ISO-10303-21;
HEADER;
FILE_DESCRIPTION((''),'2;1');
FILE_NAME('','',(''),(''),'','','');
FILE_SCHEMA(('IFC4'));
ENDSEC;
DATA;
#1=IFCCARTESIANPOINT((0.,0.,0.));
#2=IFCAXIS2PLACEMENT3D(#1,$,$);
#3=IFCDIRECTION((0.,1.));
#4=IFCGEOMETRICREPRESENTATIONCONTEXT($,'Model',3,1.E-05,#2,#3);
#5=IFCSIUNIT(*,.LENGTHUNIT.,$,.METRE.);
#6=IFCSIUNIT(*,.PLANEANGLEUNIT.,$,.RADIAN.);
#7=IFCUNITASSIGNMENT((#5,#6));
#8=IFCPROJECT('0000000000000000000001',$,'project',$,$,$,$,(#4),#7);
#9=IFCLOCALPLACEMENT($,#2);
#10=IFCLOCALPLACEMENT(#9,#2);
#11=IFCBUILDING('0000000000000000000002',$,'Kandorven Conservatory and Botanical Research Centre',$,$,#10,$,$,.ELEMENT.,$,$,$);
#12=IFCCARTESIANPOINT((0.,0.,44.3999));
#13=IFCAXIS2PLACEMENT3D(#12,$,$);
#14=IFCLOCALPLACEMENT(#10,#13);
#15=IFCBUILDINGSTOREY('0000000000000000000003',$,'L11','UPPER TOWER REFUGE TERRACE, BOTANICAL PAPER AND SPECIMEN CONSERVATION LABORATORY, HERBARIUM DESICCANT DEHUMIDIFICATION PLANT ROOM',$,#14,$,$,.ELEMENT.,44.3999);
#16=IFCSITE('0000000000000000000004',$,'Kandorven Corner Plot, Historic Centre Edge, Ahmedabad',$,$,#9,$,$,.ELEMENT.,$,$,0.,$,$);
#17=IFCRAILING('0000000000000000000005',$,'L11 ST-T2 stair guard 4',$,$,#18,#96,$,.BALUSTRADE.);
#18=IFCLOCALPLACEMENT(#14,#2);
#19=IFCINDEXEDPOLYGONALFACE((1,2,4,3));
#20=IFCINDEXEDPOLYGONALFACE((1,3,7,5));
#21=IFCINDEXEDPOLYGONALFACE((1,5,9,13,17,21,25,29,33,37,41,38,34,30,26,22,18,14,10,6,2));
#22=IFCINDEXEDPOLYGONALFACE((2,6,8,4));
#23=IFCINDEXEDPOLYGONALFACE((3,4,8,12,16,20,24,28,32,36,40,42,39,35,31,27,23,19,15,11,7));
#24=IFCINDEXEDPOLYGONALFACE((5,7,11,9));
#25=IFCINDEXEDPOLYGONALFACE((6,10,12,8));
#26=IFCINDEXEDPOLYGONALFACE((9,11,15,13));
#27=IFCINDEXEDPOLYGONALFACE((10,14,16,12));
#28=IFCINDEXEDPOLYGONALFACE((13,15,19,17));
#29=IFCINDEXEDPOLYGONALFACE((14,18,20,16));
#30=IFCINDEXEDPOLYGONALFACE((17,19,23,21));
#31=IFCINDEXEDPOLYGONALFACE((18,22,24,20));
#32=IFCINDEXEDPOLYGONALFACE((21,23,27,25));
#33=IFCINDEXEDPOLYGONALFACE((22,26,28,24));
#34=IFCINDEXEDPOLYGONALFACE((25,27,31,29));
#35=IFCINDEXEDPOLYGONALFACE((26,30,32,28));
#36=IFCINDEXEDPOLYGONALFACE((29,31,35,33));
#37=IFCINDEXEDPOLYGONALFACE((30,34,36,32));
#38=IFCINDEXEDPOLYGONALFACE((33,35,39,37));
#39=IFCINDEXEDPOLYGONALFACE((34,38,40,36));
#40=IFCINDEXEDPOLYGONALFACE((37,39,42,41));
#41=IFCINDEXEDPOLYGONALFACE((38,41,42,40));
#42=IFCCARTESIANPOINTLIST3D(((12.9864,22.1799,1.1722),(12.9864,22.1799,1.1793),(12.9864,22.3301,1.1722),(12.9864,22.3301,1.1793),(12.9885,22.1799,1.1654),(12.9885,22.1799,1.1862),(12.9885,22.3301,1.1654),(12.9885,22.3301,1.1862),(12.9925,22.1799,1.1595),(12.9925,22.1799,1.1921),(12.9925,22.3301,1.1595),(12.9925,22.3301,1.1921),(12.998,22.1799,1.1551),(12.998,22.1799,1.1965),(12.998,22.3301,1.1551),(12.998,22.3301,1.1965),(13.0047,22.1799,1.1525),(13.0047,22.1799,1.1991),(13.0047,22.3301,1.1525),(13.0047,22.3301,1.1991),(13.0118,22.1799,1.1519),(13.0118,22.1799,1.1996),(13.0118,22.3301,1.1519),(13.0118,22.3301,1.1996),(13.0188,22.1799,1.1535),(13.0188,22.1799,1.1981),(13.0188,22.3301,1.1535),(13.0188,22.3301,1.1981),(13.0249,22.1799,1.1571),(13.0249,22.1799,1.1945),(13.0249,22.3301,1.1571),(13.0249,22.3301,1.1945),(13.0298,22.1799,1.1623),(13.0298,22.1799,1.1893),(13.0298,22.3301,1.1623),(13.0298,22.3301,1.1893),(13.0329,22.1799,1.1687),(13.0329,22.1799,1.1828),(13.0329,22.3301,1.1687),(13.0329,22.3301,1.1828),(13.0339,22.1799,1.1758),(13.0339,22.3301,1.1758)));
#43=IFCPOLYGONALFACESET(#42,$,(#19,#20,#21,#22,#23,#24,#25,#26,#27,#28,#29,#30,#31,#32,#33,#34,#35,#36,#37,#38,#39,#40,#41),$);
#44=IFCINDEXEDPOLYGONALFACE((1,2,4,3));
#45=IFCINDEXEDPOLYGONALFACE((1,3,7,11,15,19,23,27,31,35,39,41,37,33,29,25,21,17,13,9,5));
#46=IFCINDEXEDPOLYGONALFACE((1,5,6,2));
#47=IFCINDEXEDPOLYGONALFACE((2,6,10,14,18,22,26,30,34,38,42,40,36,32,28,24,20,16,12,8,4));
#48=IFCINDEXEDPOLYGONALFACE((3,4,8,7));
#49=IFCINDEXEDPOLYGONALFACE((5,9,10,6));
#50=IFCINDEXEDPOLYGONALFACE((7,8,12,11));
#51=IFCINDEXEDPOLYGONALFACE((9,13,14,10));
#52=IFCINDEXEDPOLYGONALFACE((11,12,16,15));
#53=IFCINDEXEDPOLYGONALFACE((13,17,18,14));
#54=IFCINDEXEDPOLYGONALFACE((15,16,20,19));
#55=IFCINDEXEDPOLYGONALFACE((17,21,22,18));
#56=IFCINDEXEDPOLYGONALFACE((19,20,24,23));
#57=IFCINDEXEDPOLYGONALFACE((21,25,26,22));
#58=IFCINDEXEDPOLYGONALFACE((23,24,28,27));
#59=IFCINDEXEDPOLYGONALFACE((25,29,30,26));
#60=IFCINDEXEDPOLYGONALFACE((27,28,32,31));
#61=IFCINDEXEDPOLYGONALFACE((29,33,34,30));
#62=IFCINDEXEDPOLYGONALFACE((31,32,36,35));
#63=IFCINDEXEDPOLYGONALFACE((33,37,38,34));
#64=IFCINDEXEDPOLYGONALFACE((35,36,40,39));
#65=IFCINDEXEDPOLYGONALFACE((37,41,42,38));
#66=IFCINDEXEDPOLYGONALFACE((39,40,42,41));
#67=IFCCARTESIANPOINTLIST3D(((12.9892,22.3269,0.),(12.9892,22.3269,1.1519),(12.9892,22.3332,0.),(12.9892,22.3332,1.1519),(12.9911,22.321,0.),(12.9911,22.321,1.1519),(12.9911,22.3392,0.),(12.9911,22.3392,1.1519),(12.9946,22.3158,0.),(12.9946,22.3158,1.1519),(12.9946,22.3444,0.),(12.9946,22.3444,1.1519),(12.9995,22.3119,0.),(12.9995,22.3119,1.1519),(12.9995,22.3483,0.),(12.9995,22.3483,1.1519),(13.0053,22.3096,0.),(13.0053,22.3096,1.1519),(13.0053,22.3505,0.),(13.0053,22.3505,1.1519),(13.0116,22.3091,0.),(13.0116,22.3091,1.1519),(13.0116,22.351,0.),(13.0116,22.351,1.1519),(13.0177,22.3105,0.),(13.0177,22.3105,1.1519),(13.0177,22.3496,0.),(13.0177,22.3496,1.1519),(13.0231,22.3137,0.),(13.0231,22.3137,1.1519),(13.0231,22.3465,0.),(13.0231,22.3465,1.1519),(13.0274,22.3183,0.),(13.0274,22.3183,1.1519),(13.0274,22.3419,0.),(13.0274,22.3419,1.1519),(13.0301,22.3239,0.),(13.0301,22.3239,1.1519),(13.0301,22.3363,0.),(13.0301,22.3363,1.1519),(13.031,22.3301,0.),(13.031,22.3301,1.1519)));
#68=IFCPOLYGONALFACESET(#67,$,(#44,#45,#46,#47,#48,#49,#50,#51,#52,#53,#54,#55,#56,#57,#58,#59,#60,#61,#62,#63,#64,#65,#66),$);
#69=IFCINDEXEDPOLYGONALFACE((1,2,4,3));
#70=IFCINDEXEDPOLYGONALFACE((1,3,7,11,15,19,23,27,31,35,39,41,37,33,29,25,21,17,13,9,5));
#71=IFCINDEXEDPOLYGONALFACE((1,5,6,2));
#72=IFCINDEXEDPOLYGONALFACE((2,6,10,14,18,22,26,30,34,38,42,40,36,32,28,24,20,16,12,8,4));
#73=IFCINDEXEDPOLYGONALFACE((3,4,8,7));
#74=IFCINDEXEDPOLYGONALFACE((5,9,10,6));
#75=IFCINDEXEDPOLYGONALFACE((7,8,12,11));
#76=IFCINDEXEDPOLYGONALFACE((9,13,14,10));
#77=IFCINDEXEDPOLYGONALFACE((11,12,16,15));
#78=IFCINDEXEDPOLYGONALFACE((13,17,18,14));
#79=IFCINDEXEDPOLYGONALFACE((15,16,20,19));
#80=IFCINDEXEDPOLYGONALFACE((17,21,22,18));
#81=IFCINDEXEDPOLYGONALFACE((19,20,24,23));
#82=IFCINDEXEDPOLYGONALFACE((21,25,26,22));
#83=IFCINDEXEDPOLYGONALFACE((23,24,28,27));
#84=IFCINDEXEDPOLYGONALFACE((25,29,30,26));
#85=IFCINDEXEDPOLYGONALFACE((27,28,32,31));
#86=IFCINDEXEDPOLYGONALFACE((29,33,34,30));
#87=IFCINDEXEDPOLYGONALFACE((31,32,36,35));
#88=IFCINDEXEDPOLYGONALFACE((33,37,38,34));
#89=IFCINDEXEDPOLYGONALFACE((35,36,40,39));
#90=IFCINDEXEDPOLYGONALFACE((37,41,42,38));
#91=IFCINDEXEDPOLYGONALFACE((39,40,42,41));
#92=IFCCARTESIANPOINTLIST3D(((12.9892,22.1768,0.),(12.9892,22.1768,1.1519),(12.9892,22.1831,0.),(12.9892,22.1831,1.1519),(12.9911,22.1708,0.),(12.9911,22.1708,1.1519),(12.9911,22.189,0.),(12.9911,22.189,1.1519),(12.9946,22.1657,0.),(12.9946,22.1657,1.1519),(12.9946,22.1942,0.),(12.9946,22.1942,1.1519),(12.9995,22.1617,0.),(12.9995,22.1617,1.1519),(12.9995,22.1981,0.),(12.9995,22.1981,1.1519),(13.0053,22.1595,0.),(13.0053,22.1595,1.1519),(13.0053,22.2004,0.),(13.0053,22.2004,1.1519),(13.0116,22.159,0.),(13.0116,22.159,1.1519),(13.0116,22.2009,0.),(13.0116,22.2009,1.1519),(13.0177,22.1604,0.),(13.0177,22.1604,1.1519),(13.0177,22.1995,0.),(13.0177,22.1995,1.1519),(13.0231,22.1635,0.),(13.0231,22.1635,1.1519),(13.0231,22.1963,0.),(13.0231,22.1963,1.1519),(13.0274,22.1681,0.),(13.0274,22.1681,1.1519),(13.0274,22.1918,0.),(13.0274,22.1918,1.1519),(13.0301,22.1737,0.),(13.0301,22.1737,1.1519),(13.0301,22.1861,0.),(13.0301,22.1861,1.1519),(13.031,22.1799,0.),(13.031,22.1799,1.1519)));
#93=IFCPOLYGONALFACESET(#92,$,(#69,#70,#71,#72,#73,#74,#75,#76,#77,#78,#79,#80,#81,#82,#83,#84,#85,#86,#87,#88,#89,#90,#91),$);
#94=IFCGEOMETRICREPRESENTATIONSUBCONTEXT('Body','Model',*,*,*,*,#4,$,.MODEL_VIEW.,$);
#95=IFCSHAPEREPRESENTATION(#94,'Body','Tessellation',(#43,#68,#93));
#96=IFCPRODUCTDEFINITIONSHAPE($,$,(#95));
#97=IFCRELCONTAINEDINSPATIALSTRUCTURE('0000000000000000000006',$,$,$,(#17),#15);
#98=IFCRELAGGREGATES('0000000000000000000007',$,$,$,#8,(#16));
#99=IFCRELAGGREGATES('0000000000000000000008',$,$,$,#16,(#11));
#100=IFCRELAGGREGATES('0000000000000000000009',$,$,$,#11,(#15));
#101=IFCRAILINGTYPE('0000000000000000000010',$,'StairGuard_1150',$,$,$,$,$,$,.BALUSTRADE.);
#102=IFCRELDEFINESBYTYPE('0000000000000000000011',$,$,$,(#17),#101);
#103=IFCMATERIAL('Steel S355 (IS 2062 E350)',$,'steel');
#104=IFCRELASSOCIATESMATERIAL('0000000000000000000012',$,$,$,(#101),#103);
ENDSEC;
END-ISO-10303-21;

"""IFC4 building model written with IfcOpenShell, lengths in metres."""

from ifc_helpers import new_model, si_unit, direction, frame, origin, origin_2d, place, context, subcontext, project, spatial, circle, extrude, material, type_object, element, save


model = new_model("IFC4")

# Units and contexts
model_context = context("Model", 3, precision=1e-05, world=origin(), true_north=direction((0.0, 1.0)))
body_context = subcontext(model_context, "Body", "Model", "MODEL_VIEW")
ifc_project = project(units=[si_unit("LENGTHUNIT", "METRE"), si_unit("PLANEANGLEUNIT", "RADIAN")], contexts=[model_context])

# Site, building, storey
site_placement = place(None, origin())
site = spatial("IfcSite", under=ifc_project, at=site_placement, Name="Kandorven Corner Plot, Historic Centre Edge, Ahmedabad", CompositionType="ELEMENT", RefElevation=0.0)
building_placement = place(site_placement, origin())
building = spatial("IfcBuilding", under=site, at=building_placement, Name="Kandorven Conservatory and Botanical Research Centre", CompositionType="ELEMENT")
storey_placement = place(building_placement, frame((0.0, 0.0, 44.3999)))
storey = spatial("IfcBuildingStorey", under=building, at=storey_placement, Name="L11", Description="UPPER TOWER REFUGE TERRACE, BOTANICAL PAPER AND SPECIMEN CONSERVATION LABORATORY, HERBARIUM DESICCANT DEHUMIDIFICATION PLANT ROOM", CompositionType="ELEMENT", Elevation=44.3999)

# Railing
ifc_material_1 = material(Name="Steel S355 (IS 2062 E350)", Category="steel")
railing_type_1 = type_object("IfcRailingType", Name="StairGuard_1150", PredefinedType="BALUSTRADE", material=ifc_material_1)
railing_1_placement = place(storey_placement, frame((13.01, 22.3301, 0.0)))
element("IfcRailing", 1, at=railing_1_placement, inside=storey, type_object=railing_type_1, Name="L11 ST-T2 stair guard 4", PredefinedType="BALUSTRADE", context=body_context, shape_type="SweptSolid", body=[
    extrude(circle(Radius=0.0239, at=origin_2d()), frame((0.0, 0.0, 1.1758), z_axis=(0.0, -1.0, 0.0), x_axis=(1.0, 0.0, 0.0)), (0.0, 0.0, 1.0), 0.1501),
    extrude(circle(Radius=0.021, at=origin_2d()), origin(), (0.0, 0.0, 1.0), 1.1519),
    extrude(circle(Radius=0.021, at=origin_2d()), frame((0.0, -0.1501, 0.0)), (0.0, 0.0, 1.0), 1.1519),
])

save(model, "model.ifc")
